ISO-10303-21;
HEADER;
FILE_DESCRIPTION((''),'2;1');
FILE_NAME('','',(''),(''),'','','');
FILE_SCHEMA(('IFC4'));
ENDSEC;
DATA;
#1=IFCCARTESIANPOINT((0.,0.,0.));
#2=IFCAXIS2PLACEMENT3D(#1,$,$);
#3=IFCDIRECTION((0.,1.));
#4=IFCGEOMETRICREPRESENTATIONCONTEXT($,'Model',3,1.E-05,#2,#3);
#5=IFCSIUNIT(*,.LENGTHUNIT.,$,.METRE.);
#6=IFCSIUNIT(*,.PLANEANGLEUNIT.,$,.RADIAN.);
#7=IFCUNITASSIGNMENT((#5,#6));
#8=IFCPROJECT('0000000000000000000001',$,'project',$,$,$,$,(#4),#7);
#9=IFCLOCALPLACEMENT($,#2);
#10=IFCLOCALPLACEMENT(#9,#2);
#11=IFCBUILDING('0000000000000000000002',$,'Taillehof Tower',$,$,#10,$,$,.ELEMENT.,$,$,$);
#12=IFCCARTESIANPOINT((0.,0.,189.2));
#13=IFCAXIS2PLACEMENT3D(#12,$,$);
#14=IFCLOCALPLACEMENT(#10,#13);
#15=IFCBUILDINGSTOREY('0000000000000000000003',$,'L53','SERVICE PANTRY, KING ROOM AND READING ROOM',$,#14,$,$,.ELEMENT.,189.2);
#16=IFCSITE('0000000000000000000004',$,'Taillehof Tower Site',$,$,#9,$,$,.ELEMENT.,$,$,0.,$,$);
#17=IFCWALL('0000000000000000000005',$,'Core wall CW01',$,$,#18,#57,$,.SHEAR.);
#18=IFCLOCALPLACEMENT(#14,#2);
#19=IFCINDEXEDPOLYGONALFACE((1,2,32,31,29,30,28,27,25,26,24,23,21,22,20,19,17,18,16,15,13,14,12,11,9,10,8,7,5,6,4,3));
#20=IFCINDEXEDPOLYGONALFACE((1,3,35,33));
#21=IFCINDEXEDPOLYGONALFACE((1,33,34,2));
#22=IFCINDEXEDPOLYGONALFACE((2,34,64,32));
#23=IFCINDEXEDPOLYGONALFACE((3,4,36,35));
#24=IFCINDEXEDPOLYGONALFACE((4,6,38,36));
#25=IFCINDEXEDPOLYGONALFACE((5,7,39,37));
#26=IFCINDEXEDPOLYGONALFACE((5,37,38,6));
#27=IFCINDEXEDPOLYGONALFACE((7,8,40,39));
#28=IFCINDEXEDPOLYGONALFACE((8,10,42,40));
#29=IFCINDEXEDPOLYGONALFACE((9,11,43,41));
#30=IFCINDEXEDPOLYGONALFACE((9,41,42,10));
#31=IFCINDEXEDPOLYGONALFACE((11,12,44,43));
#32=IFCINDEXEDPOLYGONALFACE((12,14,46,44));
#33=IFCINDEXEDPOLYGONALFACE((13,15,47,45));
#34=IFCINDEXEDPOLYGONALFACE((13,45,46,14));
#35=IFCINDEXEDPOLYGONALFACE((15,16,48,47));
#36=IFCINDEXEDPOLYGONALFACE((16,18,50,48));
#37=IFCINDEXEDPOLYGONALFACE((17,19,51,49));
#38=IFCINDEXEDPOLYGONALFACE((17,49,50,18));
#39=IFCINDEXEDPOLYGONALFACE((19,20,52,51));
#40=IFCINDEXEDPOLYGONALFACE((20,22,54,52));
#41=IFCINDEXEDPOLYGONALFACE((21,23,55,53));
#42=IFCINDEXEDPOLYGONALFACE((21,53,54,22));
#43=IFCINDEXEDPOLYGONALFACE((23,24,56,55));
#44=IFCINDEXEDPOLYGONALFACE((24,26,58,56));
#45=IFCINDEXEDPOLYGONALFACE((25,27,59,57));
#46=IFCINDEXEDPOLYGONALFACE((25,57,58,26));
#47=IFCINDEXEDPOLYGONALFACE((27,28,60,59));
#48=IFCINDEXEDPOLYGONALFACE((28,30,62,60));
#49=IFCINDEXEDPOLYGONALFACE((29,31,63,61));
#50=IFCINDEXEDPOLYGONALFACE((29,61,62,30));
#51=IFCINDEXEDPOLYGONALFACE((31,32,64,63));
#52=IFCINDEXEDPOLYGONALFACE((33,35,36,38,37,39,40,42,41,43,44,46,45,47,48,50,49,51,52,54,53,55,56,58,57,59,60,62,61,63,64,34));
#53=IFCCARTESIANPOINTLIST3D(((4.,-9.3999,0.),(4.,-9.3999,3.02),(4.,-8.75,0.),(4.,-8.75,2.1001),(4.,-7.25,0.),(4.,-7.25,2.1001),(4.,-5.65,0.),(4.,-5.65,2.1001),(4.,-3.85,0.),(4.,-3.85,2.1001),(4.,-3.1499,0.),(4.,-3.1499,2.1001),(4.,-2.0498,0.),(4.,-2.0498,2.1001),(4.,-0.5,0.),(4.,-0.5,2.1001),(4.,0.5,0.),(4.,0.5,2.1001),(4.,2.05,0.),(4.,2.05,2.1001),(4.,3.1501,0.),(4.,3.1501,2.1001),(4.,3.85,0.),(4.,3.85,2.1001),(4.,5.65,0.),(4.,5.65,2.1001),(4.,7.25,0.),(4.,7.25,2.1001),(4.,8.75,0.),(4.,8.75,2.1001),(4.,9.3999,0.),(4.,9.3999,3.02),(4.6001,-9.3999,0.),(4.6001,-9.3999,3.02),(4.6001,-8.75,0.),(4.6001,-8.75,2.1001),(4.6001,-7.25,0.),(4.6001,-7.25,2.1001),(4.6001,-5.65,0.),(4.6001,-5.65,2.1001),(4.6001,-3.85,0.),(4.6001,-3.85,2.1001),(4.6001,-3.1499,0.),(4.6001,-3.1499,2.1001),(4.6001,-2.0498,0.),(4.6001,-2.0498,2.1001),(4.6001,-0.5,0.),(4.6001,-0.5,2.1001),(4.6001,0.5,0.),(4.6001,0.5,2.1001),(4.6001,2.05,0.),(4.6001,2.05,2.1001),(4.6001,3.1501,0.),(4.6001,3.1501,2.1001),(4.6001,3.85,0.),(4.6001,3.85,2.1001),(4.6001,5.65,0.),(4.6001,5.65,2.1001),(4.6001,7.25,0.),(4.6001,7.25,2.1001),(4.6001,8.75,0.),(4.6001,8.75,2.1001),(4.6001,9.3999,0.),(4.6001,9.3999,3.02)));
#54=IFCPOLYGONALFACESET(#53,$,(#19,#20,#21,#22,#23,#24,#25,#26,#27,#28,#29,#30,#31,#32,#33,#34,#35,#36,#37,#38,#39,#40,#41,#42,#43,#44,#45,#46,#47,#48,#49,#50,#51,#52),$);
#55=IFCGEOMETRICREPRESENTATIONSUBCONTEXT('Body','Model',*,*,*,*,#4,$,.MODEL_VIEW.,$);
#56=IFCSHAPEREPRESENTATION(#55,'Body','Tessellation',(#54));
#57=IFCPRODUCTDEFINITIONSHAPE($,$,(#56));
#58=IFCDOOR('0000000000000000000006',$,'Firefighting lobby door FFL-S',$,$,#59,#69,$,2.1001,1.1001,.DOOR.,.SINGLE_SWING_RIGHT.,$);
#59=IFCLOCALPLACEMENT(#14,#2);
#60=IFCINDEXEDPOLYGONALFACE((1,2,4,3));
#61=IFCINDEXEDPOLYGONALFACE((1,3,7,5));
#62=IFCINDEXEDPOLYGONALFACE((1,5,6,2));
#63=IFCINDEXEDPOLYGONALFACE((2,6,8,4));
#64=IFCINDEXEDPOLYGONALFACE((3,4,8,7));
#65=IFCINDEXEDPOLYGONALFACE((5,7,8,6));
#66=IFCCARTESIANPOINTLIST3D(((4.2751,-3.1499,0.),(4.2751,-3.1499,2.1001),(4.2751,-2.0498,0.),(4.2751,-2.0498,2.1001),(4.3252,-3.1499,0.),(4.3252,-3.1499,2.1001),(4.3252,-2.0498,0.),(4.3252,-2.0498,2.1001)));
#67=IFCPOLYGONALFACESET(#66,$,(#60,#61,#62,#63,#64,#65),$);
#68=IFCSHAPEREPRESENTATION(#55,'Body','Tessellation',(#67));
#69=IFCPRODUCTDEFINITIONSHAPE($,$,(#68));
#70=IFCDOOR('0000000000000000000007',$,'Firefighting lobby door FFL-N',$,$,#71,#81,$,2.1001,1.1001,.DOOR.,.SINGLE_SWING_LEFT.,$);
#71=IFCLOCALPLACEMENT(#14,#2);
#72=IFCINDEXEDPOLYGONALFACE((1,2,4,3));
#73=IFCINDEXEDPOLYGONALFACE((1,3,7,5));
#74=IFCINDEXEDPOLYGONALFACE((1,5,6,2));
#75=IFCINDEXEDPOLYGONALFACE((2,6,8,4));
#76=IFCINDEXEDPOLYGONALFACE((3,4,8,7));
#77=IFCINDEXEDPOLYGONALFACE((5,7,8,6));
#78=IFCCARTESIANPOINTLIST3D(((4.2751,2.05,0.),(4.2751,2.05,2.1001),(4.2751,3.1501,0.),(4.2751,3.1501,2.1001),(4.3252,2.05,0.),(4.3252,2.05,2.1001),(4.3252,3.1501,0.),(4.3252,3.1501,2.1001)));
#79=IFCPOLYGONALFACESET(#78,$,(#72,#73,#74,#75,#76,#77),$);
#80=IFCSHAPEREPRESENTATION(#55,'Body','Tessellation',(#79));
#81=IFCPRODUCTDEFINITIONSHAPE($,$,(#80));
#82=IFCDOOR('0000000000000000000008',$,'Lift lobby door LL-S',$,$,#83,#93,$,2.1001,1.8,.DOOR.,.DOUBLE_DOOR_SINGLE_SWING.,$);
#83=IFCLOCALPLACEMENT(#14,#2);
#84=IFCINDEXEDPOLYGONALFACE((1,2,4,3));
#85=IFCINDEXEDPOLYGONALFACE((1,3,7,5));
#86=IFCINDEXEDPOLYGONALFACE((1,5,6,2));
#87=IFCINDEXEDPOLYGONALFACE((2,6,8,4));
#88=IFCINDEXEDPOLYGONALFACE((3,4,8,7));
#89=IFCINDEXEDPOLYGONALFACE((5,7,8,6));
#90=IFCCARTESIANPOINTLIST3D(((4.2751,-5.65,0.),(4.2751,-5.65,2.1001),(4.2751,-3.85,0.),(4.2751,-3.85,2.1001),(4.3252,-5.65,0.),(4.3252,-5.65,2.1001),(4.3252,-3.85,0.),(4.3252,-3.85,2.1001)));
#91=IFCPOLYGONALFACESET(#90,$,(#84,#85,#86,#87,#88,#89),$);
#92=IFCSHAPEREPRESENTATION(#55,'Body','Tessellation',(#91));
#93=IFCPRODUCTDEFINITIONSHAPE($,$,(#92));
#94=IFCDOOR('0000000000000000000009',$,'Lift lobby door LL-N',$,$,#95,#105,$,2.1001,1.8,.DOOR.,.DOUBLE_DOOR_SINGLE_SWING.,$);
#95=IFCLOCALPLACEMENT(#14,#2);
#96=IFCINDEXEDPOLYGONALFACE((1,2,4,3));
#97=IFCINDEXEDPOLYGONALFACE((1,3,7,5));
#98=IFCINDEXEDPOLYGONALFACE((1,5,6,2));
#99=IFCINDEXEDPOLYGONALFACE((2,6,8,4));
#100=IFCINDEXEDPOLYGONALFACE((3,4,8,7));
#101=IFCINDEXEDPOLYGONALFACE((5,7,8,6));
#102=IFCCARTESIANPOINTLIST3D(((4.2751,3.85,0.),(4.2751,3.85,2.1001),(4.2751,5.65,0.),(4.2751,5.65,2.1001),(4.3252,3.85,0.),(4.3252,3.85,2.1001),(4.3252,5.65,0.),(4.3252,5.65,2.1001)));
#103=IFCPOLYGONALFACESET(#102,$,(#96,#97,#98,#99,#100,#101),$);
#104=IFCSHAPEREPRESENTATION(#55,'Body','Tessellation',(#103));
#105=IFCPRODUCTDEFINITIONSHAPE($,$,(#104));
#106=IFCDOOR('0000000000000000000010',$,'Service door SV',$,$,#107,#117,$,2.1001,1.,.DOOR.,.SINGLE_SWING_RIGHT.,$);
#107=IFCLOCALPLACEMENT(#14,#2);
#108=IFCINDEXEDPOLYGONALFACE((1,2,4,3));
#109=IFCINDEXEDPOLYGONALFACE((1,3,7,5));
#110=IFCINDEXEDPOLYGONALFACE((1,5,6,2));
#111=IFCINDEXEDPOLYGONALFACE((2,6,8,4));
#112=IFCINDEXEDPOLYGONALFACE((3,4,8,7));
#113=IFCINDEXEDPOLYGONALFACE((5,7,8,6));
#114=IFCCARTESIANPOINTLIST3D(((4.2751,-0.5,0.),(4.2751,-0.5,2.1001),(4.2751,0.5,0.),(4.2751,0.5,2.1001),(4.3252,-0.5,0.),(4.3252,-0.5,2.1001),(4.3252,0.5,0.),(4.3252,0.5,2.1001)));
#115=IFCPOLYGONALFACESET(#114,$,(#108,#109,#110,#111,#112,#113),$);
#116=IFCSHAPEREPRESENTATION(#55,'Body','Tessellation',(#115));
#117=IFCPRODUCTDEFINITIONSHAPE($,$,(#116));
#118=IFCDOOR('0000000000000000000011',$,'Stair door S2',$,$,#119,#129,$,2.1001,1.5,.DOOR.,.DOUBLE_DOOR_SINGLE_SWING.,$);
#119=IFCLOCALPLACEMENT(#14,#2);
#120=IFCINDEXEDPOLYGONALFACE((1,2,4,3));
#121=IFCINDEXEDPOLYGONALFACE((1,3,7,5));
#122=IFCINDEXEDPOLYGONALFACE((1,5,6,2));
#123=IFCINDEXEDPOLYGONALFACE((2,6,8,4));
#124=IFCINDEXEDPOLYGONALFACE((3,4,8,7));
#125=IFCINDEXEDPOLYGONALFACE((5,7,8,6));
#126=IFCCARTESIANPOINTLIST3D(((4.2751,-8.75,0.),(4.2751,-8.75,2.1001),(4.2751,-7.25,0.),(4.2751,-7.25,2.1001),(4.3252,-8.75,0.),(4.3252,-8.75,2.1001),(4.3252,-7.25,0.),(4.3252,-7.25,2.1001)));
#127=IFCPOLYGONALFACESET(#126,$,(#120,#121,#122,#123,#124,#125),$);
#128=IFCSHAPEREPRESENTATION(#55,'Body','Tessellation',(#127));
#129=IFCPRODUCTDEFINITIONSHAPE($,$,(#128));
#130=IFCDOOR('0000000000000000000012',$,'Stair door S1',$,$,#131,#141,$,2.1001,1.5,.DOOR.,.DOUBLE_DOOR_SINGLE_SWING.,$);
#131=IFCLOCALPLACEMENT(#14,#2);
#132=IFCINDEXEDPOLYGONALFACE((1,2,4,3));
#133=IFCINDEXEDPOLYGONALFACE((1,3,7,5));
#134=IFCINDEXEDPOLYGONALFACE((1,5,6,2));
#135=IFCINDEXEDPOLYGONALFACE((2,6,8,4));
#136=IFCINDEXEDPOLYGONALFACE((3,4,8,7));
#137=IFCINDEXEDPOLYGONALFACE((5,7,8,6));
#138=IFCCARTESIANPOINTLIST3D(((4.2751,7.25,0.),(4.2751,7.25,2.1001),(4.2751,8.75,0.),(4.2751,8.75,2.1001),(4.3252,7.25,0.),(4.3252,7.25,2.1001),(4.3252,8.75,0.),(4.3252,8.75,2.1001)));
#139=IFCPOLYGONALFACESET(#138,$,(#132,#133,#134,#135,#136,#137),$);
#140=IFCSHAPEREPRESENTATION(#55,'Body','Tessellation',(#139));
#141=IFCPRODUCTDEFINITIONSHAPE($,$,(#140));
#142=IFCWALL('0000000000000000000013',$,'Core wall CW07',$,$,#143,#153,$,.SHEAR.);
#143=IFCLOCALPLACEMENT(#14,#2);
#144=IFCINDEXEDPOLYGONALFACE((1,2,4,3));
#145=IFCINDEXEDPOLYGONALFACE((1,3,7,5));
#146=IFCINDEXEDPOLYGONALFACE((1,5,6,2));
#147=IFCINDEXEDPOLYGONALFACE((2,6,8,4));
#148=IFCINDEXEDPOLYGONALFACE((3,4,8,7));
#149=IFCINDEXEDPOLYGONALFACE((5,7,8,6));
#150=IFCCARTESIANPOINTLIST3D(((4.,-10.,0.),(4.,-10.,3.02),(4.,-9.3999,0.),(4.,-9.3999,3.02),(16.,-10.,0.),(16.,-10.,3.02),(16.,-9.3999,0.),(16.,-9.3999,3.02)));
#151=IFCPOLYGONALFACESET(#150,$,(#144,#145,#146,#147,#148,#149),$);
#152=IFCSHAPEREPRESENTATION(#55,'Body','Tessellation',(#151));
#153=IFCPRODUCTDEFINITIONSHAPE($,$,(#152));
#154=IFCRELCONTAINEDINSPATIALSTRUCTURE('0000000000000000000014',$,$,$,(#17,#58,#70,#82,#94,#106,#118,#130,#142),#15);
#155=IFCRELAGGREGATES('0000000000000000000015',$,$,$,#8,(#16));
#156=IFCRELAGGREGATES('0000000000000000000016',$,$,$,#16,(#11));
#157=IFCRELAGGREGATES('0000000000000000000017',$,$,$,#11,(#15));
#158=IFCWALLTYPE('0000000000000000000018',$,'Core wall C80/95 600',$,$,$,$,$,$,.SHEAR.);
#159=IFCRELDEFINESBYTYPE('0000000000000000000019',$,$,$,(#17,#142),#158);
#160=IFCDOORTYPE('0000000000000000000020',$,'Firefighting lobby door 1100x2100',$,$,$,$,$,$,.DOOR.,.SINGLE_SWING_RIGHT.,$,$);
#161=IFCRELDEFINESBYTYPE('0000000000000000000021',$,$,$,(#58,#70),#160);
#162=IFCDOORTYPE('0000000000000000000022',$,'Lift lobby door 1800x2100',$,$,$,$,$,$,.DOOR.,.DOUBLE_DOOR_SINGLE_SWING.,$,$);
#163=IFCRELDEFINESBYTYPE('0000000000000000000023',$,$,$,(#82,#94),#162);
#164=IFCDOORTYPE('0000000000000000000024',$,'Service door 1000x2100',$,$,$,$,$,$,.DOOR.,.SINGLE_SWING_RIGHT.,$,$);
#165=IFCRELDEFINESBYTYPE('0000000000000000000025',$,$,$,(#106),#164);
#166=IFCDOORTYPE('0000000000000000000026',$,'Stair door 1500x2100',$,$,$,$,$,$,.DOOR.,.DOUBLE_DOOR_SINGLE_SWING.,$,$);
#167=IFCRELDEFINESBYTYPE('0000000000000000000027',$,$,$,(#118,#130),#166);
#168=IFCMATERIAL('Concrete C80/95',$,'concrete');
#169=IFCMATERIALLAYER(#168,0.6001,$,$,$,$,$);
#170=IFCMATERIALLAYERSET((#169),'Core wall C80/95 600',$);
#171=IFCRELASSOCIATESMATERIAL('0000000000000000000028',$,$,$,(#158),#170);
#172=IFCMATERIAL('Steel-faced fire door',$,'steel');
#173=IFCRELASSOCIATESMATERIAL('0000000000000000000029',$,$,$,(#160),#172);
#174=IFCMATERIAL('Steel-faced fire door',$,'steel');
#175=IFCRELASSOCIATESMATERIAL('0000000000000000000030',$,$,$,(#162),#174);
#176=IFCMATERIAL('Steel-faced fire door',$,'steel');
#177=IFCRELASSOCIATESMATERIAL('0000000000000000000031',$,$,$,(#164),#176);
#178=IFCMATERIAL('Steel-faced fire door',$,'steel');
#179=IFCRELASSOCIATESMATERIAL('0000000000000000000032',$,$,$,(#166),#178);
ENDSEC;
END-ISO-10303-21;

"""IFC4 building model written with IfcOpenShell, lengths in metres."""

from ifc_helpers import new_model, si_unit, direction, frame, frame_2d, origin, place, context, subcontext, project, spatial, rectangle, extrude, material, layer, layer_set, type_object, element, fill, save


model = new_model("IFC4")

# Units and contexts
model_context = context("Model", 3, precision=1e-05, world=origin(), true_north=direction((0.0, 1.0)))
body_context = subcontext(model_context, "Body", "Model", "MODEL_VIEW")
ifc_project = project(units=[si_unit("LENGTHUNIT", "METRE"), si_unit("PLANEANGLEUNIT", "RADIAN")], contexts=[model_context])

# Site, building, storey
site_placement = place(None, origin())
site = spatial("IfcSite", under=ifc_project, at=site_placement, Name="Taillehof Tower Site", CompositionType="ELEMENT", RefElevation=0.0)
building_placement = place(site_placement, origin())
building = spatial("IfcBuilding", under=site, at=building_placement, Name="Taillehof Tower", CompositionType="ELEMENT")
storey_placement = place(building_placement, frame((0.0, 0.0, 189.2)))
storey = spatial("IfcBuildingStorey", under=building, at=storey_placement, Name="L53", Description="SERVICE PANTRY, KING ROOM AND READING ROOM", CompositionType="ELEMENT", Elevation=189.2)

# Wall, openings, doors
ifc_material_1 = material(Name="Concrete C80/95", Category="concrete")
ifc_layer_1 = layer(ifc_material_1, 0.6001)
ifc_layer_set_1 = layer_set([ifc_layer_1], Name="Core wall C80/95 600")
wall_type_1 = type_object("IfcWallType", Name="Core wall C80/95 600", PredefinedType="SHEAR", material=ifc_layer_set_1)
wall_1_placement = place(storey_placement, frame((4.3, -9.3999, 0.0), z_axis=(0.0, 0.0, 1.0), x_axis=(0.0, 1.0, 0.0)))
wall_1 = element("IfcWall", 1, at=wall_1_placement, inside=storey, type_object=wall_type_1, Name="Core wall CW01", PredefinedType="SHEAR", context=body_context, shape_type="SweptSolid", body=[
    extrude(rectangle(XDim=18.7998, YDim=0.6001, at=frame_2d((9.3999, 0.0))), origin(), (0.0, 0.0, 1.0), 3.02),
])
opening_1_placement = place(wall_1_placement, frame((0.6499, 0.0, 0.0)))
opening_1 = element("IfcOpeningElement", 2, at=opening_1_placement, cuts=wall_1, PredefinedType="OPENING", context=body_context, shape_type="SweptSolid", body=[
    extrude(rectangle(XDim=1.5, YDim=2.1001, at=frame_2d((0.75, 1.05))), frame((0.0, 0.3101, 0.0), z_axis=(0.0, -1.0, 0.0), x_axis=(1.0, 0.0, 0.0)), (0.0, 0.0, 1.0), 0.6201),
])
opening_2_placement = place(wall_1_placement, frame((3.75, 0.0, 0.0)))
opening_2 = element("IfcOpeningElement", 3, at=opening_2_placement, cuts=wall_1, PredefinedType="OPENING", context=body_context, shape_type="SweptSolid", body=[
    extrude(rectangle(XDim=1.8, YDim=2.1001, at=frame_2d((0.8999, 1.05))), frame((0.0, 0.3101, 0.0), z_axis=(0.0, -1.0, 0.0), x_axis=(1.0, 0.0, 0.0)), (0.0, 0.0, 1.0), 0.6201),
])
opening_3_placement = place(wall_1_placement, frame((6.25, 0.0, 0.0)))
opening_3 = element("IfcOpeningElement", 4, at=opening_3_placement, cuts=wall_1, PredefinedType="OPENING", context=body_context, shape_type="SweptSolid", body=[
    extrude(rectangle(XDim=1.1001, YDim=2.1001, at=frame_2d((0.55, 1.05))), frame((0.0, 0.3101, 0.0), z_axis=(0.0, -1.0, 0.0), x_axis=(1.0, 0.0, 0.0)), (0.0, 0.0, 1.0), 0.6201),
])
opening_4_placement = place(wall_1_placement, frame((8.8999, 0.0, 0.0)))
opening_4 = element("IfcOpeningElement", 5, at=opening_4_placement, cuts=wall_1, PredefinedType="OPENING", context=body_context, shape_type="SweptSolid", body=[
    extrude(rectangle(XDim=1.0, YDim=2.1001, at=frame_2d((0.5, 1.05))), frame((0.0, 0.3101, 0.0), z_axis=(0.0, -1.0, 0.0), x_axis=(1.0, 0.0, 0.0)), (0.0, 0.0, 1.0), 0.6201),
])
opening_5_placement = place(wall_1_placement, frame((11.45, 0.0, 0.0)))
opening_5 = element("IfcOpeningElement", 6, at=opening_5_placement, cuts=wall_1, PredefinedType="OPENING", context=body_context, shape_type="SweptSolid", body=[
    extrude(rectangle(XDim=1.1001, YDim=2.1001, at=frame_2d((0.55, 1.05))), frame((0.0, 0.3101, 0.0), z_axis=(0.0, -1.0, 0.0), x_axis=(1.0, 0.0, 0.0)), (0.0, 0.0, 1.0), 0.6201),
])
opening_6_placement = place(wall_1_placement, frame((13.25, 0.0, 0.0)))
opening_6 = element("IfcOpeningElement", 7, at=opening_6_placement, cuts=wall_1, PredefinedType="OPENING", context=body_context, shape_type="SweptSolid", body=[
    extrude(rectangle(XDim=1.8, YDim=2.1001, at=frame_2d((0.8999, 1.05))), frame((0.0, 0.3101, 0.0), z_axis=(0.0, -1.0, 0.0), x_axis=(1.0, 0.0, 0.0)), (0.0, 0.0, 1.0), 0.6201),
])
opening_7_placement = place(wall_1_placement, frame((16.6499, 0.0, 0.0)))
opening_7 = element("IfcOpeningElement", 8, at=opening_7_placement, cuts=wall_1, PredefinedType="OPENING", context=body_context, shape_type="SweptSolid", body=[
    extrude(rectangle(XDim=1.5, YDim=2.1001, at=frame_2d((0.75, 1.05))), frame((0.0, 0.3101, 0.0), z_axis=(0.0, -1.0, 0.0), x_axis=(1.0, 0.0, 0.0)), (0.0, 0.0, 1.0), 0.6201),
])
ifc_material_2 = material(Name="Steel-faced fire door", Category="steel")
door_type_1 = type_object("IfcDoorType", Name="Firefighting lobby door 1100x2100", OperationType="SINGLE_SWING_RIGHT", PredefinedType="DOOR", material=ifc_material_2)
door_1_placement = place(opening_3_placement, origin())
door_1 = element("IfcDoor", 9, at=door_1_placement, inside=storey, type_object=door_type_1, Name="Firefighting lobby door FFL-S", OperationType="SINGLE_SWING_RIGHT", OverallHeight=2.1001, OverallWidth=1.1001, PredefinedType="DOOR", context=body_context, shape_type="SweptSolid", body=[
    extrude(rectangle(XDim=1.1001, YDim=2.1001, at=frame_2d((0.55, 1.05))), frame((0.0, 0.0249, 0.0), z_axis=(0.0, -1.0, 0.0), x_axis=(1.0, 0.0, 0.0)), (0.0, 0.0, 1.0), 0.05),
])
fill(opening_3, door_1)
door_2_placement = place(opening_5_placement, origin())
door_2 = element("IfcDoor", 10, at=door_2_placement, inside=storey, type_object=door_type_1, Name="Firefighting lobby door FFL-N", OperationType="SINGLE_SWING_LEFT", OverallHeight=2.1001, OverallWidth=1.1001, PredefinedType="DOOR", context=body_context, shape_type="SweptSolid", body=[
    extrude(rectangle(XDim=1.1001, YDim=2.1001, at=frame_2d((0.55, 1.05))), frame((0.0, 0.0249, 0.0), z_axis=(0.0, -1.0, 0.0), x_axis=(1.0, 0.0, 0.0)), (0.0, 0.0, 1.0), 0.05),
])
fill(opening_5, door_2)
ifc_material_3 = material(Name="Steel-faced fire door", Category="steel")
door_type_2 = type_object("IfcDoorType", Name="Lift lobby door 1800x2100", OperationType="DOUBLE_DOOR_SINGLE_SWING", PredefinedType="DOOR", material=ifc_material_3)
door_3_placement = place(opening_2_placement, origin())
door_3 = element("IfcDoor", 11, at=door_3_placement, inside=storey, type_object=door_type_2, Name="Lift lobby door LL-S", OperationType="DOUBLE_DOOR_SINGLE_SWING", OverallHeight=2.1001, OverallWidth=1.8, PredefinedType="DOOR", context=body_context, shape_type="SweptSolid", body=[
    extrude(rectangle(XDim=1.8, YDim=2.1001, at=frame_2d((0.8999, 1.05))), frame((0.0, 0.0249, 0.0), z_axis=(0.0, -1.0, 0.0), x_axis=(1.0, 0.0, 0.0)), (0.0, 0.0, 1.0), 0.05),
])
fill(opening_2, door_3)
door_4_placement = place(opening_6_placement, origin())
door_4 = element("IfcDoor", 12, at=door_4_placement, inside=storey, type_object=door_type_2, Name="Lift lobby door LL-N", OperationType="DOUBLE_DOOR_SINGLE_SWING", OverallHeight=2.1001, OverallWidth=1.8, PredefinedType="DOOR", context=body_context, shape_type="SweptSolid", body=[
    extrude(rectangle(XDim=1.8, YDim=2.1001, at=frame_2d((0.8999, 1.05))), frame((0.0, 0.0249, 0.0), z_axis=(0.0, -1.0, 0.0), x_axis=(1.0, 0.0, 0.0)), (0.0, 0.0, 1.0), 0.05),
])
fill(opening_6, door_4)
ifc_material_4 = material(Name="Steel-faced fire door", Category="steel")
door_type_3 = type_object("IfcDoorType", Name="Service door 1000x2100", OperationType="SINGLE_SWING_RIGHT", PredefinedType="DOOR", material=ifc_material_4)
door_5_placement = place(opening_4_placement, origin())
door_5 = element("IfcDoor", 13, at=door_5_placement, inside=storey, type_object=door_type_3, Name="Service door SV", OperationType="SINGLE_SWING_RIGHT", OverallHeight=2.1001, OverallWidth=1.0, PredefinedType="DOOR", context=body_context, shape_type="SweptSolid", body=[
    extrude(rectangle(XDim=1.0, YDim=2.1001, at=frame_2d((0.5, 1.05))), frame((0.0, 0.0249, 0.0), z_axis=(0.0, -1.0, 0.0), x_axis=(1.0, 0.0, 0.0)), (0.0, 0.0, 1.0), 0.05),
])
fill(opening_4, door_5)
ifc_material_5 = material(Name="Steel-faced fire door", Category="steel")
door_type_4 = type_object("IfcDoorType", Name="Stair door 1500x2100", OperationType="DOUBLE_DOOR_SINGLE_SWING", PredefinedType="DOOR", material=ifc_material_5)
door_6_placement = place(opening_1_placement, origin())
door_6 = element("IfcDoor", 14, at=door_6_placement, inside=storey, type_object=door_type_4, Name="Stair door S2", OperationType="DOUBLE_DOOR_SINGLE_SWING", OverallHeight=2.1001, OverallWidth=1.5, PredefinedType="DOOR", context=body_context, shape_type="SweptSolid", body=[
    extrude(rectangle(XDim=1.5, YDim=2.1001, at=frame_2d((0.75, 1.05))), frame((0.0, 0.0249, 0.0), z_axis=(0.0, -1.0, 0.0), x_axis=(1.0, 0.0, 0.0)), (0.0, 0.0, 1.0), 0.05),
])
fill(opening_1, door_6)
door_7_placement = place(opening_7_placement, origin())
door_7 = element("IfcDoor", 15, at=door_7_placement, inside=storey, type_object=door_type_4, Name="Stair door S1", OperationType="DOUBLE_DOOR_SINGLE_SWING", OverallHeight=2.1001, OverallWidth=1.5, PredefinedType="DOOR", context=body_context, shape_type="SweptSolid", body=[
    extrude(rectangle(XDim=1.5, YDim=2.1001, at=frame_2d((0.75, 1.05))), frame((0.0, 0.0249, 0.0), z_axis=(0.0, -1.0, 0.0), x_axis=(1.0, 0.0, 0.0)), (0.0, 0.0, 1.0), 0.05),
])
fill(opening_7, door_7)

# Wall
wall_2_placement = place(storey_placement, frame((4.0, -9.7, 0.0), z_axis=(0.0, 0.0, 1.0), x_axis=(1.0, 0.0, 0.0)))
element("IfcWall", 16, at=wall_2_placement, inside=storey, type_object=wall_type_1, Name="Core wall CW07", PredefinedType="SHEAR", context=body_context, shape_type="SweptSolid", body=[
    extrude(rectangle(XDim=12.0, YDim=0.6001, at=frame_2d((6.0, 0.0))), origin(), (0.0, 0.0, 1.0), 3.02),
])

save(model, "model.ifc")
